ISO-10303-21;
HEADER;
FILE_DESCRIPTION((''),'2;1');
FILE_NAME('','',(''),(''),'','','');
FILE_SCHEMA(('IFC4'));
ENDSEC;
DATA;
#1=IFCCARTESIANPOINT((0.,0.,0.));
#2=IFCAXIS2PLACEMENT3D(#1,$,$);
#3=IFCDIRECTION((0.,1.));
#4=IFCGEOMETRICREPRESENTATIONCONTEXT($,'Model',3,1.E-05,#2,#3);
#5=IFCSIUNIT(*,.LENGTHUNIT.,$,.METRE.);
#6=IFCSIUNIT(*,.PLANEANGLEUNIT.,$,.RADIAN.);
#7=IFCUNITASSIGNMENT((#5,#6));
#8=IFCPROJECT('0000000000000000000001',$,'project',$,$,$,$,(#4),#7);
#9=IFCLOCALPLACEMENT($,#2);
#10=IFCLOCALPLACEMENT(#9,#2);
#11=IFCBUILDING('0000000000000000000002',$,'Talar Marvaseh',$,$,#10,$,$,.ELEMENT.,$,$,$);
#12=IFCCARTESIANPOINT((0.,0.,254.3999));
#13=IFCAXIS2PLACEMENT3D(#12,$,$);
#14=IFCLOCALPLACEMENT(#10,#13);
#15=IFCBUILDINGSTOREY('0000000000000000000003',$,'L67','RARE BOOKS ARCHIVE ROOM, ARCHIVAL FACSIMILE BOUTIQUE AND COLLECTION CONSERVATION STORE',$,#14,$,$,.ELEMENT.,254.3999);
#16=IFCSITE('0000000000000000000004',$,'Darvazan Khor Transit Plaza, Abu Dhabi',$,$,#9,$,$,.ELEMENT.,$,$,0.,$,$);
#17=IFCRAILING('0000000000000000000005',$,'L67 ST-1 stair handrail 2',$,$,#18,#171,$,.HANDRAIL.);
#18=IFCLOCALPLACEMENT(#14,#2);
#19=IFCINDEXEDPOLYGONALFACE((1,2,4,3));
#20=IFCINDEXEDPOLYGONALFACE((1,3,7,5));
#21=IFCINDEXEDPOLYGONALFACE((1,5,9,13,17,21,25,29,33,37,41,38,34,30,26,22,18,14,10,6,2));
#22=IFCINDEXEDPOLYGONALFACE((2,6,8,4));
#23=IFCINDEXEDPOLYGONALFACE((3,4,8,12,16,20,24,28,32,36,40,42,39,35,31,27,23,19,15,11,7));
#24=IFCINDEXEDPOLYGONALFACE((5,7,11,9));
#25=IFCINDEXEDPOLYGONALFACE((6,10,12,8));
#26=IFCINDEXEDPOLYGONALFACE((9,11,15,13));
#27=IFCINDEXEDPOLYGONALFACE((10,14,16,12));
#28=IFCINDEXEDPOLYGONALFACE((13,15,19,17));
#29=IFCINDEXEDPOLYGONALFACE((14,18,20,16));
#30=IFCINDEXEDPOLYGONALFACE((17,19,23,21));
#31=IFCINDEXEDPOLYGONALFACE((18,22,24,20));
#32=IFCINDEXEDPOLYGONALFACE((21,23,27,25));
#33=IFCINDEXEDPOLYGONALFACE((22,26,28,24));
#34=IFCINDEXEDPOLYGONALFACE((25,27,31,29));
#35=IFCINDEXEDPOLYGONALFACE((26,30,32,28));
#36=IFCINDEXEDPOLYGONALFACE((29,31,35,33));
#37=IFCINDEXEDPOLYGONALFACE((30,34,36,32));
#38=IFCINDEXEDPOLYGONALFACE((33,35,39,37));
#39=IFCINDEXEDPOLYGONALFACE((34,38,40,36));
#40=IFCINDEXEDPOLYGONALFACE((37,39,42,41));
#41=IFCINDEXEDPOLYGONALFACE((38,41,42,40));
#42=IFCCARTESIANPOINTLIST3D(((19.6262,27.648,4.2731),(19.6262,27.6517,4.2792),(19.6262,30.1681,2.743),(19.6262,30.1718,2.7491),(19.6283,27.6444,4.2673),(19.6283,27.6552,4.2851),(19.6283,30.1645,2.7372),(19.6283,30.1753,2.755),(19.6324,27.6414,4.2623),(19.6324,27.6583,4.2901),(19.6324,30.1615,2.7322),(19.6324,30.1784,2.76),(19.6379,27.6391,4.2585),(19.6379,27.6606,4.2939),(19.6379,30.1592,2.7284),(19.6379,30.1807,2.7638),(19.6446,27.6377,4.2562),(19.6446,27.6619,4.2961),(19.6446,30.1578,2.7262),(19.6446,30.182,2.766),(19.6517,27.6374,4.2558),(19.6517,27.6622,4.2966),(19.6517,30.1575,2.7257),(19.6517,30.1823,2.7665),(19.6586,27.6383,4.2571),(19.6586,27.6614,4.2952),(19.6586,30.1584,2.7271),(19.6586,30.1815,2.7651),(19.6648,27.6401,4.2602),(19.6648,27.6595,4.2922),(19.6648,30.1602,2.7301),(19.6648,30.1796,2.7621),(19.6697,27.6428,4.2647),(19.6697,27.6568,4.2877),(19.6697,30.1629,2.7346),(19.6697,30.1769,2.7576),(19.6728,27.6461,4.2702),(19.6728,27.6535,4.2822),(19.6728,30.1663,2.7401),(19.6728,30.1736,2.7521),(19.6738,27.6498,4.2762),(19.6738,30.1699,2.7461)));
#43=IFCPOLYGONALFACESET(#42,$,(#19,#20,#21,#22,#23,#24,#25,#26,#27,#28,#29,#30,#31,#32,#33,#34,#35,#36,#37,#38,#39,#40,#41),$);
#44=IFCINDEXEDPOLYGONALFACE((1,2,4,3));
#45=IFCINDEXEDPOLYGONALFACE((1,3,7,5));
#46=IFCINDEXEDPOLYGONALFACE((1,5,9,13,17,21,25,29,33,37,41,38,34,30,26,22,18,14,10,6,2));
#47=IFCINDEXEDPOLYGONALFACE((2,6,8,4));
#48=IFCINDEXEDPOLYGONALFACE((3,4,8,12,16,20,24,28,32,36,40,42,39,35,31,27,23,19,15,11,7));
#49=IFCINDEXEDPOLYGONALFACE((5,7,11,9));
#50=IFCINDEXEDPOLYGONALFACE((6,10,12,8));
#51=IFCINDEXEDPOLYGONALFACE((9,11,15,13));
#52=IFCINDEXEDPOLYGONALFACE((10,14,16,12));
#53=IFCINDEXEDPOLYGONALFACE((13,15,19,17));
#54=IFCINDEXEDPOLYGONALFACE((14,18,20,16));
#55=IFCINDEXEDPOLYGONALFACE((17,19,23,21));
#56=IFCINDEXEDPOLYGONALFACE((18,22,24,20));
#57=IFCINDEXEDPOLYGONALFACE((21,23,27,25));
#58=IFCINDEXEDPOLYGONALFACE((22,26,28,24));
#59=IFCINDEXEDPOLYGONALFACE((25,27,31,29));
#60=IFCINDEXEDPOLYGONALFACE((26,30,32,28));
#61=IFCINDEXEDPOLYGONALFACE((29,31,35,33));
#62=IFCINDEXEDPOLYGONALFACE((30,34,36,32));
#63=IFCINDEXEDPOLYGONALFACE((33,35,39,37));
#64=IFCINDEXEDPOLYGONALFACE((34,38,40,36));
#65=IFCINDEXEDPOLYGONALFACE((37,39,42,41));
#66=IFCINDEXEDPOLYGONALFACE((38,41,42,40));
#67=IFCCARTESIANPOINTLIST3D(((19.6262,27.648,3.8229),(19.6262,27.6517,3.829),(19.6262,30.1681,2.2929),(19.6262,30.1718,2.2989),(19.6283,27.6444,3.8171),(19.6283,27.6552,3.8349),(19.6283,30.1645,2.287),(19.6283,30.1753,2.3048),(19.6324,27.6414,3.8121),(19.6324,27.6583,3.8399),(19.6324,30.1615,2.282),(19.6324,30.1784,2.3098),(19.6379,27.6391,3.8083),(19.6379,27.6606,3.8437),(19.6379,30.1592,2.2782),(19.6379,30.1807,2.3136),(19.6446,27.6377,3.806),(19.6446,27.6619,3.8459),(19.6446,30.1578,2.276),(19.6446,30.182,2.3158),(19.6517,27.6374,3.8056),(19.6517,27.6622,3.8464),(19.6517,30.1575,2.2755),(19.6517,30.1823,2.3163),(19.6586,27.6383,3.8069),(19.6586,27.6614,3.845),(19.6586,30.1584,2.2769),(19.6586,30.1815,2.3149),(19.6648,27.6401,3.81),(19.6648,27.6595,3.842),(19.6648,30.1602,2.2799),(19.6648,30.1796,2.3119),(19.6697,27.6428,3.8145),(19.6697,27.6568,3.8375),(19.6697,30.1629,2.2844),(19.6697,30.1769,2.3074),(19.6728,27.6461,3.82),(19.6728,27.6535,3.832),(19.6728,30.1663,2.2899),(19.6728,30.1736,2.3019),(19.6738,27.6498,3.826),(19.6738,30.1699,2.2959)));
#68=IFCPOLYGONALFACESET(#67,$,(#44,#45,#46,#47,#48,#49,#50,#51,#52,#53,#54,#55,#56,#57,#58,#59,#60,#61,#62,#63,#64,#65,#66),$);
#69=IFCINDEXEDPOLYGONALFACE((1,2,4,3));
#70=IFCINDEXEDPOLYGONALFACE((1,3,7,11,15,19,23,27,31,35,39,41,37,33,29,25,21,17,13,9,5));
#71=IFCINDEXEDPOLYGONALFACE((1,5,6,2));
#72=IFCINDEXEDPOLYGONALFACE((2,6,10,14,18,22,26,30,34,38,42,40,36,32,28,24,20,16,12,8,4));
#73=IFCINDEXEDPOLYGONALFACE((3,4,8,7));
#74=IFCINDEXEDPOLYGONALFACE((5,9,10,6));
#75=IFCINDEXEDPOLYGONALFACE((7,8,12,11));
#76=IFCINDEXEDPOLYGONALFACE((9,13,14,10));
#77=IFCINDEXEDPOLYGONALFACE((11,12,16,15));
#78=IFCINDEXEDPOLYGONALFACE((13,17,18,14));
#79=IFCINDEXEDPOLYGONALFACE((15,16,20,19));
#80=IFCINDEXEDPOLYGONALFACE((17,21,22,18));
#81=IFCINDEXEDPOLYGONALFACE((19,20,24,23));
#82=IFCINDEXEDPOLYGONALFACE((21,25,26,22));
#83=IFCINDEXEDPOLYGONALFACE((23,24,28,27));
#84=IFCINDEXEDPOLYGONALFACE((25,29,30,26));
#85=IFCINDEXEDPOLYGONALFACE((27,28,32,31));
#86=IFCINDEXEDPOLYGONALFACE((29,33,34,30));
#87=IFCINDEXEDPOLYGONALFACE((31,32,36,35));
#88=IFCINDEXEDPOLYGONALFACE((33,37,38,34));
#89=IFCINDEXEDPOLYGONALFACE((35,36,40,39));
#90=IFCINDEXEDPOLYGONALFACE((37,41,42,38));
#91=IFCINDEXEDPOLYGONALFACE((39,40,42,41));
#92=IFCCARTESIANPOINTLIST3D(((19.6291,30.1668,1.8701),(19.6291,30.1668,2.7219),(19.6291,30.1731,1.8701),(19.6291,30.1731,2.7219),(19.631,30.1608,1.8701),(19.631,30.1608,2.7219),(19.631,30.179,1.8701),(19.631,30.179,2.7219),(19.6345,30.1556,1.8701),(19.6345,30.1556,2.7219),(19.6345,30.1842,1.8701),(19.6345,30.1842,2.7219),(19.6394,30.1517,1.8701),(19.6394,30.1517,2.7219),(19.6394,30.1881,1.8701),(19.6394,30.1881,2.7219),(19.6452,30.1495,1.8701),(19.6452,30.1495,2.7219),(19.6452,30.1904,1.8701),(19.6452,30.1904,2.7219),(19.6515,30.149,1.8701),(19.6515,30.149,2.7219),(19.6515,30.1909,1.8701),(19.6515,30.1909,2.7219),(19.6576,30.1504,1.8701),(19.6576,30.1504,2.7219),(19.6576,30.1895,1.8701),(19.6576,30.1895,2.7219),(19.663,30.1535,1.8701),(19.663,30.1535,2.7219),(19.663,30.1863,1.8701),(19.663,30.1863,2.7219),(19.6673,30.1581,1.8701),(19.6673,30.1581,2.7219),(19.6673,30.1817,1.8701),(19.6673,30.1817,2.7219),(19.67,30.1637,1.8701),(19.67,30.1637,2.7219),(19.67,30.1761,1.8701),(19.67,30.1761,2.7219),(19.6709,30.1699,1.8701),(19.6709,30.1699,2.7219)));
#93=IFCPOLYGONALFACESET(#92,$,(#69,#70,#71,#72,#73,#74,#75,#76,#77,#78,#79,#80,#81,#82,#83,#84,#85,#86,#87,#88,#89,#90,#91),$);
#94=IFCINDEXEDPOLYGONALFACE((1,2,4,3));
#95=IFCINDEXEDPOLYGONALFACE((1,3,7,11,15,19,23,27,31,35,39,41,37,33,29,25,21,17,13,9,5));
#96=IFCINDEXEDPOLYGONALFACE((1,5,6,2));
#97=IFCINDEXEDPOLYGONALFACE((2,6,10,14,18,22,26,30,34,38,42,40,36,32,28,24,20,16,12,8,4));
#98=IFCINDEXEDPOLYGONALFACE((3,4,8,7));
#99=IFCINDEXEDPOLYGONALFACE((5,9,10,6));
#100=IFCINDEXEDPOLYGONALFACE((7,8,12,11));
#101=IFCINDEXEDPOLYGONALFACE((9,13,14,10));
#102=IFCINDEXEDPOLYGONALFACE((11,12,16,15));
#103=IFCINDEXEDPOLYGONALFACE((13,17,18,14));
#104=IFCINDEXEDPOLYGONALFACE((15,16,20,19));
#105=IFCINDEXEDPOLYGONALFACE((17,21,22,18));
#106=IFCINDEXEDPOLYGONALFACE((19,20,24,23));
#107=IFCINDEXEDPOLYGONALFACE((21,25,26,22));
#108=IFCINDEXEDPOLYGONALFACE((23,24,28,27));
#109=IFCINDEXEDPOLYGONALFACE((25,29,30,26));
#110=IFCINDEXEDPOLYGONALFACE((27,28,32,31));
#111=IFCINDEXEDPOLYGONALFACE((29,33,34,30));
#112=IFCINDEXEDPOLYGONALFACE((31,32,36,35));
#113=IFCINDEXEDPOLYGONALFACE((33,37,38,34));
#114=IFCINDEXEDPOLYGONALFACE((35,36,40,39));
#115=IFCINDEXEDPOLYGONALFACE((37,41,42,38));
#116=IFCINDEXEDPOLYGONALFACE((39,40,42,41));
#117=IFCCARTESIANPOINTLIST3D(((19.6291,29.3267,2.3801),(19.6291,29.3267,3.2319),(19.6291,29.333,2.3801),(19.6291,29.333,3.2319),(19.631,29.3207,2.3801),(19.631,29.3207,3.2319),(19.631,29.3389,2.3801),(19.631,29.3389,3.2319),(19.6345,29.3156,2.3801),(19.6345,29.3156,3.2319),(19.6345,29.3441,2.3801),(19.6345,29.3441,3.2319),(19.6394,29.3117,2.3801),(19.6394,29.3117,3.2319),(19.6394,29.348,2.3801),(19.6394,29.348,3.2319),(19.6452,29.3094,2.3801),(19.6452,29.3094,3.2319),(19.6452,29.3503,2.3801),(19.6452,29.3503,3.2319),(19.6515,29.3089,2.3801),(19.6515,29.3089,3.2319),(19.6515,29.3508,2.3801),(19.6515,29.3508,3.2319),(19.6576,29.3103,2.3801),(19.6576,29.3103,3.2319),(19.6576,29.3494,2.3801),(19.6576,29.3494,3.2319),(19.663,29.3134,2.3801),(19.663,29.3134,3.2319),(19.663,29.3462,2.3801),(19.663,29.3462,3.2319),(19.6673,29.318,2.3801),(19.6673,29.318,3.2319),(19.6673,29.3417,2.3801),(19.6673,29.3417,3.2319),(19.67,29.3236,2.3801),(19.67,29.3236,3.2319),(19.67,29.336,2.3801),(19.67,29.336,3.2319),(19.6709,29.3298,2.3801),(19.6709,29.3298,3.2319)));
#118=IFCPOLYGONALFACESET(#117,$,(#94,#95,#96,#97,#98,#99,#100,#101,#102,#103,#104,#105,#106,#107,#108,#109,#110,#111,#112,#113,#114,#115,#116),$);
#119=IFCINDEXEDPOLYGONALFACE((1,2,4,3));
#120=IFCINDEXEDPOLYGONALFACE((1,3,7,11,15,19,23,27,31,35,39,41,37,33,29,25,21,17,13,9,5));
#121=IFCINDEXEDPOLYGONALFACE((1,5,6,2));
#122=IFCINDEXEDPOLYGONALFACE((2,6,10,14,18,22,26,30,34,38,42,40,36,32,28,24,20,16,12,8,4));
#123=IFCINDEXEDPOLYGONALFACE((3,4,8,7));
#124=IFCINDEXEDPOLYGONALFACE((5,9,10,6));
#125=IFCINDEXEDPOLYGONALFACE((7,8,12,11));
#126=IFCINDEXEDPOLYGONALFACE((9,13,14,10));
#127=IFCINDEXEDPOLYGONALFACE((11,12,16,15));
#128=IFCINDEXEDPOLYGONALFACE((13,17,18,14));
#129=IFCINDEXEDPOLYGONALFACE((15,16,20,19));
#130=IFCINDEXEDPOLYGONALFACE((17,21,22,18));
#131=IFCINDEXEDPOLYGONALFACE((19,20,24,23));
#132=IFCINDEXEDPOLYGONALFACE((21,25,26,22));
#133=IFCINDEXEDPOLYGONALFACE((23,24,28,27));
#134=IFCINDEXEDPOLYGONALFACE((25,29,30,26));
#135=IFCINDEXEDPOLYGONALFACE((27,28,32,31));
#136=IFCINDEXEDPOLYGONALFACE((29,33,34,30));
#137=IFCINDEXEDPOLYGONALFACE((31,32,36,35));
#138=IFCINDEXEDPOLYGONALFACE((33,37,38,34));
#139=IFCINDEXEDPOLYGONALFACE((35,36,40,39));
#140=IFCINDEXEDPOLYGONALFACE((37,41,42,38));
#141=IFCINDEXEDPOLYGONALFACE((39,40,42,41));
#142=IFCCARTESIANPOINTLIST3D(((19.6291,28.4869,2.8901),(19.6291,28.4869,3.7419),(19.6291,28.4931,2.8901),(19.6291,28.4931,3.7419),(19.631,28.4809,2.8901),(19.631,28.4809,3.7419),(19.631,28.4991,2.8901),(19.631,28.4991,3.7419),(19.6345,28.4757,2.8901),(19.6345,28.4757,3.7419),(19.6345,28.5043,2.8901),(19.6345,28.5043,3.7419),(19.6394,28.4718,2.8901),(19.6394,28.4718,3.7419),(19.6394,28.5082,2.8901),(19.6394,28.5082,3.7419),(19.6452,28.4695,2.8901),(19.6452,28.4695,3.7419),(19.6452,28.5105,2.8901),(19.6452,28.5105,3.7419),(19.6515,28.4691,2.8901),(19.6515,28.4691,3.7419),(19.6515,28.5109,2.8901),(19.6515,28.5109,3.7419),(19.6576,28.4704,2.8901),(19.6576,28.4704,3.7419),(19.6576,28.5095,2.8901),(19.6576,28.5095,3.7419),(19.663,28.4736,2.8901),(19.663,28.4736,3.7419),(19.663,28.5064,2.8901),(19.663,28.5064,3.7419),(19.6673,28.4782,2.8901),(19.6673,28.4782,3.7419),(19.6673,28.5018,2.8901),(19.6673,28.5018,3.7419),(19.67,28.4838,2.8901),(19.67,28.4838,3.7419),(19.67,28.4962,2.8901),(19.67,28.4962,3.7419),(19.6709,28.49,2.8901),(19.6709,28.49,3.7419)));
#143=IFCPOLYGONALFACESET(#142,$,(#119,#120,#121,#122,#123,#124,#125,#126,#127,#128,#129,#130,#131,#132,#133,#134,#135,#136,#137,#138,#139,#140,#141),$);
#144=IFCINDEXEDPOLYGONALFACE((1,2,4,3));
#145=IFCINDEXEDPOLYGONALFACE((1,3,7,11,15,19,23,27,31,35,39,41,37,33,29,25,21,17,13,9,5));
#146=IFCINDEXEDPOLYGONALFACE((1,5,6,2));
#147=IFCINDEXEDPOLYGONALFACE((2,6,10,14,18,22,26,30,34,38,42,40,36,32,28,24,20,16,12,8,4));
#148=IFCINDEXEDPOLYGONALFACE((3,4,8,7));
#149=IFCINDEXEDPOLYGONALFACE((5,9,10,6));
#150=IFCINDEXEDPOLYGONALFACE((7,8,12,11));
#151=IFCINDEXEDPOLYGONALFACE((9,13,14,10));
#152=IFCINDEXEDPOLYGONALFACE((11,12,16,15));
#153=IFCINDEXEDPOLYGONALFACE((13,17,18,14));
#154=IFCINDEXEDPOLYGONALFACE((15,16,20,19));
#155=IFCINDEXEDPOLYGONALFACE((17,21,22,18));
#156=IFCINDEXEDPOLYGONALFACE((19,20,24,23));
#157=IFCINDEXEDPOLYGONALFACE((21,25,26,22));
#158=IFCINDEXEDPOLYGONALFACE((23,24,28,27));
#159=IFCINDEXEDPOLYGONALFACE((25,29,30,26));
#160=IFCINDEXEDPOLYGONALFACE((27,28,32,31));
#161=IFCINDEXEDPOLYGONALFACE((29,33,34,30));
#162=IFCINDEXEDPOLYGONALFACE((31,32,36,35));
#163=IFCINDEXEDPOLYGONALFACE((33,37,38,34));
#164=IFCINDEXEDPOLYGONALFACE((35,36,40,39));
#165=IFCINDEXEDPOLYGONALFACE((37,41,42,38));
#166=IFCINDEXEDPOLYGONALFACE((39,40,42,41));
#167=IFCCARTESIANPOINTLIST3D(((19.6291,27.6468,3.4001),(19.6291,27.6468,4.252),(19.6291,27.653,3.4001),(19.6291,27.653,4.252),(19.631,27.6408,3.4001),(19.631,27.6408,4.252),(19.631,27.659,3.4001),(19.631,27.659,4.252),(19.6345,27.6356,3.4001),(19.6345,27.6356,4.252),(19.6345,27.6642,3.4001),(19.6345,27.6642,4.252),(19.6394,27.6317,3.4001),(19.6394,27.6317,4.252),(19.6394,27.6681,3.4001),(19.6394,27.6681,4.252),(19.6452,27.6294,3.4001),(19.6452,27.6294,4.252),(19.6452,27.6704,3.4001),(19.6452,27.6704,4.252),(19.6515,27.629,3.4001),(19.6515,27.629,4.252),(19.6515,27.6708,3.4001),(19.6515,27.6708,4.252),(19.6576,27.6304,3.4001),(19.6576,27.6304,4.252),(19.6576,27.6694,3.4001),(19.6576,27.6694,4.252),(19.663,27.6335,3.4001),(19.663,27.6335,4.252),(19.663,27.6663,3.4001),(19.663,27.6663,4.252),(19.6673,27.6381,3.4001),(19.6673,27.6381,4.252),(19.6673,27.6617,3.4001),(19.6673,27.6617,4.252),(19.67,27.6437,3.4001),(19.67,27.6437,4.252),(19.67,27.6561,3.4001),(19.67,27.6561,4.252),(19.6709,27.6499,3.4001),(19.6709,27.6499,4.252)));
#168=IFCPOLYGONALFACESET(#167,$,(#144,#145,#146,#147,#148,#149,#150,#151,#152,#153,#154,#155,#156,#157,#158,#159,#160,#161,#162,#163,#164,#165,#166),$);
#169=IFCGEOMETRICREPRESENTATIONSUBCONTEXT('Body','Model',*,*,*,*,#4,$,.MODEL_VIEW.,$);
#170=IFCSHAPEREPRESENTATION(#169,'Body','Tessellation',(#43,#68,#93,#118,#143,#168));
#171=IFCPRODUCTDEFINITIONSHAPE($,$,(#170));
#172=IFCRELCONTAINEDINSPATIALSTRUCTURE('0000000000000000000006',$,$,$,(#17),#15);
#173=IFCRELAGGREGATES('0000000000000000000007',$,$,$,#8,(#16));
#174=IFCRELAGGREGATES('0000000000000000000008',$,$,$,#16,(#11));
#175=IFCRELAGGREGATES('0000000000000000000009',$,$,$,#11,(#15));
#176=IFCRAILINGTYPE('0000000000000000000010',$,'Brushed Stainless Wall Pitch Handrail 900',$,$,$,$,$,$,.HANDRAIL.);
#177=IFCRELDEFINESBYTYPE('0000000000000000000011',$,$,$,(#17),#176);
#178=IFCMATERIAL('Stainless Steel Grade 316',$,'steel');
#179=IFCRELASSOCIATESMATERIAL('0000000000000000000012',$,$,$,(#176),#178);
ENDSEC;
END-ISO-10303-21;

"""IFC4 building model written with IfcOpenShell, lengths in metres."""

from ifc_helpers import new_model, si_unit, direction, frame, origin, origin_2d, place, context, subcontext, project, spatial, circle, extrude, material, type_object, element, save


model = new_model("IFC4")

# Units and contexts
model_context = context("Model", 3, precision=1e-05, world=origin(), true_north=direction((0.0, 1.0)))
body_context = subcontext(model_context, "Body", "Model", "MODEL_VIEW")
ifc_project = project(units=[si_unit("LENGTHUNIT", "METRE"), si_unit("PLANEANGLEUNIT", "RADIAN")], contexts=[model_context])

# Site, building, storey
site_placement = place(None, origin())
site = spatial("IfcSite", under=ifc_project, at=site_placement, Name="Darvazan Khor Transit Plaza, Abu Dhabi", CompositionType="ELEMENT", RefElevation=0.0)
building_placement = place(site_placement, origin())
building = spatial("IfcBuilding", under=site, at=building_placement, Name="Talar Marvaseh", CompositionType="ELEMENT")
storey_placement = place(building_placement, frame((0.0, 0.0, 254.3999)))
storey = spatial("IfcBuildingStorey", under=building, at=storey_placement, Name="L67", Description="RARE BOOKS ARCHIVE ROOM, ARCHIVAL FACSIMILE BOUTIQUE AND COLLECTION CONSERVATION STORE", CompositionType="ELEMENT", Elevation=254.3999)

# Railing
ifc_material_1 = material(Name="Stainless Steel Grade 316", Category="steel")
railing_type_1 = type_object("IfcRailingType", Name="Brushed Stainless Wall Pitch Handrail 900", PredefinedType="HANDRAIL", material=ifc_material_1)
railing_1_placement = place(storey_placement, frame((19.6499, 30.1699, 1.8701)))
element("IfcRailing", 1, at=railing_1_placement, inside=storey, type_object=railing_type_1, Name="L67 ST-1 stair handrail 2", PredefinedType="HANDRAIL", context=body_context, shape_type="SweptSolid", body=[
    extrude(circle(Radius=0.0239, at=origin_2d()), frame((0.0, 0.0, 0.876), z_axis=(0.0, -0.854785, 0.518982), x_axis=(1.0, 0.0, 0.0)), (0.0, 0.0, 1.0), 2.9482),
    extrude(circle(Radius=0.0239, at=origin_2d()), frame((0.0, 0.0, 0.4258), z_axis=(0.0, -0.854785, 0.518982), x_axis=(1.0, 0.0, 0.0)), (0.0, 0.0, 1.0), 2.9482),
    extrude(circle(Radius=0.021, at=origin_2d()), origin(), (0.0, 0.0, 1.0), 0.8518),
    extrude(circle(Radius=0.021, at=origin_2d()), frame((0.0, -0.8401, 0.51)), (0.0, 0.0, 1.0), 0.8518),
    extrude(circle(Radius=0.021, at=origin_2d()), frame((0.0, -1.6799, 1.02)), (0.0, 0.0, 1.0), 0.8518),
    extrude(circle(Radius=0.021, at=origin_2d()), frame((0.0, -2.52, 1.53)), (0.0, 0.0, 1.0), 0.8518),
])

save(model, "model.ifc")
